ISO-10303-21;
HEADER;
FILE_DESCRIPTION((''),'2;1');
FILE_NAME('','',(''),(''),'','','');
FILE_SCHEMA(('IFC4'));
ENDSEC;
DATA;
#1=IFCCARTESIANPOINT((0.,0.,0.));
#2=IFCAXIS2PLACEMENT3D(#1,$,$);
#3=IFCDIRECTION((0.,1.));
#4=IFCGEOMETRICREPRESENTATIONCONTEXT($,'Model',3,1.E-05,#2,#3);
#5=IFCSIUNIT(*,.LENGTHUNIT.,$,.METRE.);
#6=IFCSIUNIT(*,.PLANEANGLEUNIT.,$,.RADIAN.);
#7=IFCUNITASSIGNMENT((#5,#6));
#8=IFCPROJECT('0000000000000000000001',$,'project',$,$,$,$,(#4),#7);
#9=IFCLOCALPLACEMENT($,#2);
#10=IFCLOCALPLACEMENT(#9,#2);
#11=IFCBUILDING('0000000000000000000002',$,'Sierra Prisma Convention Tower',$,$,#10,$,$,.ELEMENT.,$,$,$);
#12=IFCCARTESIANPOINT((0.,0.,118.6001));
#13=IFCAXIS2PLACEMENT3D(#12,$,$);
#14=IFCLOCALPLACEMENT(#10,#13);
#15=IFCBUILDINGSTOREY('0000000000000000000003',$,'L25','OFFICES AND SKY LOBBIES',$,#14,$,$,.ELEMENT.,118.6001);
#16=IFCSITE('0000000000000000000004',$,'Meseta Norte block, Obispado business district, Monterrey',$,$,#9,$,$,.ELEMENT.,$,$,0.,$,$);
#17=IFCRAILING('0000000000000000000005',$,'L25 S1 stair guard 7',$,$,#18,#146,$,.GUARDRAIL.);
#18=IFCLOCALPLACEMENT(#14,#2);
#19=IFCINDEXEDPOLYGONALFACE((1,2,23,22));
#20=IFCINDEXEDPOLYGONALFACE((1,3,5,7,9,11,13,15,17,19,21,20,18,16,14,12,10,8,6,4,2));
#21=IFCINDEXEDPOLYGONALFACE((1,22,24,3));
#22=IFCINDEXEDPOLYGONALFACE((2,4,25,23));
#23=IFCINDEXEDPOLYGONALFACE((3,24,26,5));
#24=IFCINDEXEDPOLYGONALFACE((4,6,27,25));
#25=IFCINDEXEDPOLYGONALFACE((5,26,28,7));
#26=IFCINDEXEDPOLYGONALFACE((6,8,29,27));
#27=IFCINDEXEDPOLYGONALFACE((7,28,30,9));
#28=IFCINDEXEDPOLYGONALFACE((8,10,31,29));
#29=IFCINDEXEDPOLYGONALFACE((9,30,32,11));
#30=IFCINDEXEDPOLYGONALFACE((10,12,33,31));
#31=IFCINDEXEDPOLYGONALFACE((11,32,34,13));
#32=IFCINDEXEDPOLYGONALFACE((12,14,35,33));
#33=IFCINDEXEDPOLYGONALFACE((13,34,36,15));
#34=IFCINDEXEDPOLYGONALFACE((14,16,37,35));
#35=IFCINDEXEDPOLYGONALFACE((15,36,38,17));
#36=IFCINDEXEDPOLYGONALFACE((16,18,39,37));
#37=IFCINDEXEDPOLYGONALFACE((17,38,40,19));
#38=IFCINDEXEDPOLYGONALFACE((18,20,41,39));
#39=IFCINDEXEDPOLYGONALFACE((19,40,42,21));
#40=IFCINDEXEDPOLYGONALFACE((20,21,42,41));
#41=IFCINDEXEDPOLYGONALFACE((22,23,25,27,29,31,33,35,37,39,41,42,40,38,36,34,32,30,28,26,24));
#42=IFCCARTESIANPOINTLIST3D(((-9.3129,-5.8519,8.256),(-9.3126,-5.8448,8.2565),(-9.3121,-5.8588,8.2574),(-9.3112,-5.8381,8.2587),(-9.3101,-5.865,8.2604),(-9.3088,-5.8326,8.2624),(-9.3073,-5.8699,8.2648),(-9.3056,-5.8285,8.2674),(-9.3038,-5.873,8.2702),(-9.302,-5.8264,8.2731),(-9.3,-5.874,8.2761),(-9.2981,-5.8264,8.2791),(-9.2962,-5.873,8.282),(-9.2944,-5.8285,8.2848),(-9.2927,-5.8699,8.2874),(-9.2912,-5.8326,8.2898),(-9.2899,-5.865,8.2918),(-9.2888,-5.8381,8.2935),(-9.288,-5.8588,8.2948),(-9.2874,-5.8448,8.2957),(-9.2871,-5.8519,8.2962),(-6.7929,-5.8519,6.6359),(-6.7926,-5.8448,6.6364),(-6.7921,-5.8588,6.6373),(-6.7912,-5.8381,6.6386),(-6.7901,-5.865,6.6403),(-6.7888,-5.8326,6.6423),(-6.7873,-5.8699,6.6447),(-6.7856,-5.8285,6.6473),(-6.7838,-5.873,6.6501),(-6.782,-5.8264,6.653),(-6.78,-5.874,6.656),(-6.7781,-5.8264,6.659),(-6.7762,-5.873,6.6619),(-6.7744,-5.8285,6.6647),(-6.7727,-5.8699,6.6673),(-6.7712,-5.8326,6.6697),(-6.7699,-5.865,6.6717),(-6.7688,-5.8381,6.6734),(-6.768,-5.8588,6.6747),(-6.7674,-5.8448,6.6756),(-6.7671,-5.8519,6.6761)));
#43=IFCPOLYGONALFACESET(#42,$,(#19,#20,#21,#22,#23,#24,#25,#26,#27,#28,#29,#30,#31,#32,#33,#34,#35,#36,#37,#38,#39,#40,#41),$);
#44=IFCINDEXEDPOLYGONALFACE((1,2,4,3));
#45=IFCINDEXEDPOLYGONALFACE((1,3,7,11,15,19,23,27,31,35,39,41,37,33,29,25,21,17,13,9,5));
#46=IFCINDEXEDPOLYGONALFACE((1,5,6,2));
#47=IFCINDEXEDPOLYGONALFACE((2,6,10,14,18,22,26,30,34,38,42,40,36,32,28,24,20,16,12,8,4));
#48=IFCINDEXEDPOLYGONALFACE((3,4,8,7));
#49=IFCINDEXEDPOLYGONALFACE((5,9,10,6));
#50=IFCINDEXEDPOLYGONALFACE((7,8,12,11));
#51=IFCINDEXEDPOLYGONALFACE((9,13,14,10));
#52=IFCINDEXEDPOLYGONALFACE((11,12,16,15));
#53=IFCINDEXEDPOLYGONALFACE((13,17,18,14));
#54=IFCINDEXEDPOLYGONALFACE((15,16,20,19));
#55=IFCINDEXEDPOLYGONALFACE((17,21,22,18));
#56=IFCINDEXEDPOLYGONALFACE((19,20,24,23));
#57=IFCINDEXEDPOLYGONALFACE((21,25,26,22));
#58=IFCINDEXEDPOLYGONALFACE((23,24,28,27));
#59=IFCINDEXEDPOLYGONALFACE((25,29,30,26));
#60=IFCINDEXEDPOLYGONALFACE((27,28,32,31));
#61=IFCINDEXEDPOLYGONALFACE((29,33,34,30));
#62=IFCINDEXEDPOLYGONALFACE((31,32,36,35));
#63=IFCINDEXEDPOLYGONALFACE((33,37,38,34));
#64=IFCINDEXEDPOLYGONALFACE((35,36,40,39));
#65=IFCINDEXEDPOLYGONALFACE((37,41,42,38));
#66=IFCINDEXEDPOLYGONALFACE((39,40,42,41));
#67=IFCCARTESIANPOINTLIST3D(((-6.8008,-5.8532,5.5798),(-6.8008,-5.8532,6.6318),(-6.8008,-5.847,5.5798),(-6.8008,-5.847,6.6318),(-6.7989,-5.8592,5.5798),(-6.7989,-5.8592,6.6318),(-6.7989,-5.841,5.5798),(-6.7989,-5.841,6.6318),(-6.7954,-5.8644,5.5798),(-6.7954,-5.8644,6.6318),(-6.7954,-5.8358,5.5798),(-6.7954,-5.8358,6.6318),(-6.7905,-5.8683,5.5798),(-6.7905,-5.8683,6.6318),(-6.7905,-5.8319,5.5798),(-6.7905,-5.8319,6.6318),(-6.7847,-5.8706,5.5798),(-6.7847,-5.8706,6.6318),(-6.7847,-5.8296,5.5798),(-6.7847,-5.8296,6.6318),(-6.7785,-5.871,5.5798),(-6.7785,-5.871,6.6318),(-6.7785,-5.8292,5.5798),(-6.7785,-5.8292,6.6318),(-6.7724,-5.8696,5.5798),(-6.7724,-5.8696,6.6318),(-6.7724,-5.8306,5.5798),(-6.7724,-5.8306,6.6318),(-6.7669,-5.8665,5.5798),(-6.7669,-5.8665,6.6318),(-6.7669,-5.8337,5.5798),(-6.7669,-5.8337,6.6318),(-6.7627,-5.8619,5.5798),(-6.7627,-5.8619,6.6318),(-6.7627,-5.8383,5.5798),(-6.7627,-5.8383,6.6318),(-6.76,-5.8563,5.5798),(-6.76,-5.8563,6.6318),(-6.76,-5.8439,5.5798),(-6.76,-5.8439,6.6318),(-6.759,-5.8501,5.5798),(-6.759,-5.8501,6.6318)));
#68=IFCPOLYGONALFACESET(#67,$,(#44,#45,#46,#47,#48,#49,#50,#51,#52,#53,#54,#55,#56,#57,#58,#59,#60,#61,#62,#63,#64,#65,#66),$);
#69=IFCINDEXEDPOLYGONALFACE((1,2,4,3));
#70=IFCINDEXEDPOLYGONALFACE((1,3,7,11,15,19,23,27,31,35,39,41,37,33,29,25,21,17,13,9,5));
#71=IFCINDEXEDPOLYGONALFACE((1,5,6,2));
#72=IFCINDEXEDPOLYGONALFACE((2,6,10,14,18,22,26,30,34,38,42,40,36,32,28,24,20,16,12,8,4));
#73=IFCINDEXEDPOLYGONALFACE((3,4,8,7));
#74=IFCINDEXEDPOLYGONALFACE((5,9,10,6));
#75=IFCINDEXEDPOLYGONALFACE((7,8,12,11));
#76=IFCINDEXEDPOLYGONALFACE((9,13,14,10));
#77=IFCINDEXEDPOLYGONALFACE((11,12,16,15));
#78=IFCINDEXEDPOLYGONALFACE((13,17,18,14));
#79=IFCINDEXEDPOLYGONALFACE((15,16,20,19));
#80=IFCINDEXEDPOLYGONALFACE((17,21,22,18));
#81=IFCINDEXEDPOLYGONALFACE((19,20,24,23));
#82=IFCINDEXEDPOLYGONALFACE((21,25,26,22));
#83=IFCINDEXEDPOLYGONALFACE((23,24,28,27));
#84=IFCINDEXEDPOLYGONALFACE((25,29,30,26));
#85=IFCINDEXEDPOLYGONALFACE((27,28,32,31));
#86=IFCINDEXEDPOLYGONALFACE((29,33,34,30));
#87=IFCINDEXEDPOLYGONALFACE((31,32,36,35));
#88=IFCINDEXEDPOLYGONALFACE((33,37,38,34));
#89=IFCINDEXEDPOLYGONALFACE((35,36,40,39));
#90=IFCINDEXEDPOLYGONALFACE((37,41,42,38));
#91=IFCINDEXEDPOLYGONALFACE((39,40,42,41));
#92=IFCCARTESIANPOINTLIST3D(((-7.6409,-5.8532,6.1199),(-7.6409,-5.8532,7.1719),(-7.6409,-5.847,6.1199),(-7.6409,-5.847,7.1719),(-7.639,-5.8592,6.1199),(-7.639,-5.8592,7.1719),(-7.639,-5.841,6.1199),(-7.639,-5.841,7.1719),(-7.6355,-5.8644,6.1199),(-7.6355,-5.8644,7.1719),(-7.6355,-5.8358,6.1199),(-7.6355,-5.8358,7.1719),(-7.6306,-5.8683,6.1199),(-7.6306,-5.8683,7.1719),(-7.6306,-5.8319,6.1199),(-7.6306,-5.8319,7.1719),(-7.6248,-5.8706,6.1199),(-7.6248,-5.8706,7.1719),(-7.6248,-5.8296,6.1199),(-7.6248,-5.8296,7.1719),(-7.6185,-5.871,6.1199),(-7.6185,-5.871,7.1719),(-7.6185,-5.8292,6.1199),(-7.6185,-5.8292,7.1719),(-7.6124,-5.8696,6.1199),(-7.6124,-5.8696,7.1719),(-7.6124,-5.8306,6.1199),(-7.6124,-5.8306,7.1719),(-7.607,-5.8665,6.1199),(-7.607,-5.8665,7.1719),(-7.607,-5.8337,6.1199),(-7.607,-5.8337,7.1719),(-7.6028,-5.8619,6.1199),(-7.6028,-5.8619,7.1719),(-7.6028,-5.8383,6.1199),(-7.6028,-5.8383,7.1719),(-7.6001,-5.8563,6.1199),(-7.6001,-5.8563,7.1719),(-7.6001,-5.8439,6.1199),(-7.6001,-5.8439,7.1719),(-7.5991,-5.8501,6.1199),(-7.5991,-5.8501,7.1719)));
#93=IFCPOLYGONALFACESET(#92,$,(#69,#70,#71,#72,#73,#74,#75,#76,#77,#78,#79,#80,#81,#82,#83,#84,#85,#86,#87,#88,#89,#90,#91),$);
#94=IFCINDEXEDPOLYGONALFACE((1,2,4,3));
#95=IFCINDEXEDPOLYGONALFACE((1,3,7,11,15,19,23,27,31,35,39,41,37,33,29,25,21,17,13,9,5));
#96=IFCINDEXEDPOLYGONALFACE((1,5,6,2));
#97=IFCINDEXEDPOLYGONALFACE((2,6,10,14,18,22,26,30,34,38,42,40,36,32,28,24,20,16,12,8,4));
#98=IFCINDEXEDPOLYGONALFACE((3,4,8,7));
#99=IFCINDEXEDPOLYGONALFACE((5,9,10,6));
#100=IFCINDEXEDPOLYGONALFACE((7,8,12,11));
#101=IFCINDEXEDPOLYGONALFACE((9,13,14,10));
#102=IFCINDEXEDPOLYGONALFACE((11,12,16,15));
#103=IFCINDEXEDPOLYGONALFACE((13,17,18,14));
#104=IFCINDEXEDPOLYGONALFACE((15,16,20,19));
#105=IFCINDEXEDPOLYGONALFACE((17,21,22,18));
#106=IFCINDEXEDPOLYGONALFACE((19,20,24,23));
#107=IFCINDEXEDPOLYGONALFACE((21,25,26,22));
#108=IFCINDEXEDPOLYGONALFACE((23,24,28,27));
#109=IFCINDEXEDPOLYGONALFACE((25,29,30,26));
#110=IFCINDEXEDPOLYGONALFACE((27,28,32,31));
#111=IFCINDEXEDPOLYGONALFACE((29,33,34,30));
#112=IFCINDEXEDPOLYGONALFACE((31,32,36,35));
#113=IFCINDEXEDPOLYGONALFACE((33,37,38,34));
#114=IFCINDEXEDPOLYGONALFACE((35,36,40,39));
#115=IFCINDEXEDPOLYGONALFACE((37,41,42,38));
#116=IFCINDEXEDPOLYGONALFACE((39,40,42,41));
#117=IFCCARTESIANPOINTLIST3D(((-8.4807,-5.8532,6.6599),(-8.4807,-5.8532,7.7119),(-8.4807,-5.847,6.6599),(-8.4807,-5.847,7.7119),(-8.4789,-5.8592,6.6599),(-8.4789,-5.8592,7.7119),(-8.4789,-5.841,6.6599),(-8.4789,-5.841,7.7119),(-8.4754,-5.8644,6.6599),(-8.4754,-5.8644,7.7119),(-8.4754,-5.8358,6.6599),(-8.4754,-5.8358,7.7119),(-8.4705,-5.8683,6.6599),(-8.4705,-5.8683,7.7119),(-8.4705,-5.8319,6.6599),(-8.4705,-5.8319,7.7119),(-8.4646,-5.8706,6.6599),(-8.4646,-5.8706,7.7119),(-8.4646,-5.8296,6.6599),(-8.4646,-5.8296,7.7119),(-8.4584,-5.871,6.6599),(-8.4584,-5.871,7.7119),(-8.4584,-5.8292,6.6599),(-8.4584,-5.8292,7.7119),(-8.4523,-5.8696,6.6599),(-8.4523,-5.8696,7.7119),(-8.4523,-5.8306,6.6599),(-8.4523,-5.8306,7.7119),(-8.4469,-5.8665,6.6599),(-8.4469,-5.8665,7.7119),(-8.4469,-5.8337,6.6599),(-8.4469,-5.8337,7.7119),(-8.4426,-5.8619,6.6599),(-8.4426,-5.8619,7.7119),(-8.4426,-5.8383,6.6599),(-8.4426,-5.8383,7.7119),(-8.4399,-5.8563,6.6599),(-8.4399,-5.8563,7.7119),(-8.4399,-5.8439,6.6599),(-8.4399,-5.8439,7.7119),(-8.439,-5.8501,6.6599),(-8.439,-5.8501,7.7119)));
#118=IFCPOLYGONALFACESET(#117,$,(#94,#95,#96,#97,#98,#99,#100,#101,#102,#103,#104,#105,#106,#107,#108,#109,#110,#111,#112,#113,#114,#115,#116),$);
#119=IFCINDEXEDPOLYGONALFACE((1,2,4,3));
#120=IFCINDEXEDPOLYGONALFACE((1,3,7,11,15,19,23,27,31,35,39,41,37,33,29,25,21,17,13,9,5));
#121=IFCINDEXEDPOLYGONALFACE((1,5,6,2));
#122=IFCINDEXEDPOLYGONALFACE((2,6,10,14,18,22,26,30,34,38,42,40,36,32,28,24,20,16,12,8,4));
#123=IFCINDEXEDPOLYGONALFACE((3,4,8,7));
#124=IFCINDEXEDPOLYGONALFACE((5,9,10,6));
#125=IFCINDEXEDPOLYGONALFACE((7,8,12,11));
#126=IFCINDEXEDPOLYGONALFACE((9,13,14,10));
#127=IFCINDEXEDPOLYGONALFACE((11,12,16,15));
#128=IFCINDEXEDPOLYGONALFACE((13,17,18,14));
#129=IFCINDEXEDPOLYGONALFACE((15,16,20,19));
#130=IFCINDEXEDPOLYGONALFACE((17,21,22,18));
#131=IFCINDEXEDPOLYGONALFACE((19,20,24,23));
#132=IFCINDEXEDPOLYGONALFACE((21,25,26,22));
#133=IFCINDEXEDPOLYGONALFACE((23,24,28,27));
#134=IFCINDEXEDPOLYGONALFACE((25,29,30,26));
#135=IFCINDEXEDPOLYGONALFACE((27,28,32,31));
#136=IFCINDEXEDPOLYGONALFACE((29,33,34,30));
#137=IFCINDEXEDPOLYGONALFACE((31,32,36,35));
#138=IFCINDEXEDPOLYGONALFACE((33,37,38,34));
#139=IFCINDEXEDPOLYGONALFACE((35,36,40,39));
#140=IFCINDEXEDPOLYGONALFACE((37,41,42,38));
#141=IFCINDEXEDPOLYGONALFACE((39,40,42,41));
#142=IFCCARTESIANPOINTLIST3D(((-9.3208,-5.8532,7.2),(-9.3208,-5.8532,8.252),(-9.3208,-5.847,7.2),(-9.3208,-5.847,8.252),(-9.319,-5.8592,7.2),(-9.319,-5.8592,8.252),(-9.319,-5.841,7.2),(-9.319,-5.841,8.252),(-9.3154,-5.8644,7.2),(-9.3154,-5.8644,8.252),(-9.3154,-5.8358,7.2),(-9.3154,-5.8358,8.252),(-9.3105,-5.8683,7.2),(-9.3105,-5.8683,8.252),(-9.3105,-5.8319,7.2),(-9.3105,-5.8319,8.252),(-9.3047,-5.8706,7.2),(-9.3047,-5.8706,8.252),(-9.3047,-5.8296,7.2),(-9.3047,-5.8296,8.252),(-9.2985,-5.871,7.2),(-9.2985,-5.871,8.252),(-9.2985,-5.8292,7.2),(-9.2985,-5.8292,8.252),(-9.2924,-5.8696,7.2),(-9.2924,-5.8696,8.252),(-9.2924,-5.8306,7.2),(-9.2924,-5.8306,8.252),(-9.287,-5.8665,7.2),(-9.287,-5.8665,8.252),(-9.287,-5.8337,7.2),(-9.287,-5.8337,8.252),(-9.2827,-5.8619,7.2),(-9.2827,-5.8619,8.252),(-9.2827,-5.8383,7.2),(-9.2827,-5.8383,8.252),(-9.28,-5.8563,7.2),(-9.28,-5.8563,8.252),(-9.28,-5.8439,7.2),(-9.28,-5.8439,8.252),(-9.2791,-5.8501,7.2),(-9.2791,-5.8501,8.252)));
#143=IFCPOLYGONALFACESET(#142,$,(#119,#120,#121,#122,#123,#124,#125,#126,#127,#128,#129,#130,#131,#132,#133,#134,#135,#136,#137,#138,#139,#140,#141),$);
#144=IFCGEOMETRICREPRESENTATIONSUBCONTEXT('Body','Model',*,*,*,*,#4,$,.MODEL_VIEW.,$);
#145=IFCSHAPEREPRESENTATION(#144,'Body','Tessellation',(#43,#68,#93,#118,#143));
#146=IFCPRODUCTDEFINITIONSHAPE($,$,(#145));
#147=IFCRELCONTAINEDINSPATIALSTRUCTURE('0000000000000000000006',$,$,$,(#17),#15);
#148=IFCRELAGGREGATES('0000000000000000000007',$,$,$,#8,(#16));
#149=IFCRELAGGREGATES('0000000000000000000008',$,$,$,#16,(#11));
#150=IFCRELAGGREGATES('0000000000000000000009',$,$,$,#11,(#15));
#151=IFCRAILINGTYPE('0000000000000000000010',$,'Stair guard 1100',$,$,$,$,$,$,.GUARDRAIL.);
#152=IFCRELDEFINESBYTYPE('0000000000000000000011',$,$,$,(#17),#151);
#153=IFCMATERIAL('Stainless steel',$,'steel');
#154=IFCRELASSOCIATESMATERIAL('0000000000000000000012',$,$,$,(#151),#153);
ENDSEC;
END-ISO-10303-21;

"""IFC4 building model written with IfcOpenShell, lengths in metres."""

from ifc_helpers import new_model, si_unit, direction, frame, origin, origin_2d, place, context, subcontext, project, spatial, circle, extrude, material, type_object, element, save


model = new_model("IFC4")

# Units and contexts
model_context = context("Model", 3, precision=1e-05, world=origin(), true_north=direction((0.0, 1.0)))
body_context = subcontext(model_context, "Body", "Model", "MODEL_VIEW")
ifc_project = project(units=[si_unit("LENGTHUNIT", "METRE"), si_unit("PLANEANGLEUNIT", "RADIAN")], contexts=[model_context])

# Site, building, storey
site_placement = place(None, origin())
site = spatial("IfcSite", under=ifc_project, at=site_placement, Name="Meseta Norte block, Obispado business district, Monterrey", CompositionType="ELEMENT", RefElevation=0.0)
building_placement = place(site_placement, origin())
building = spatial("IfcBuilding", under=site, at=building_placement, Name="Sierra Prisma Convention Tower", CompositionType="ELEMENT")
storey_placement = place(building_placement, frame((0.0, 0.0, 118.6001)))
storey = spatial("IfcBuildingStorey", under=building, at=storey_placement, Name="L25", Description="OFFICES AND SKY LOBBIES", CompositionType="ELEMENT", Elevation=118.6001)

# Railing
ifc_material_1 = material(Name="Stainless steel", Category="steel")
railing_type_1 = type_object("IfcRailingType", Name="Stair guard 1100", PredefinedType="GUARDRAIL", material=ifc_material_1)
railing_1_placement = place(storey_placement, frame((-6.78, -5.8501, 5.5798)))
element("IfcRailing", 1, at=railing_1_placement, inside=storey, type_object=railing_type_1, Name="L25 S1 stair guard 7", PredefinedType="GUARDRAIL", context=body_context, shape_type="SweptSolid", body=[
    extrude(circle(Radius=0.0239, at=origin_2d()), frame((0.0, 0.0, 1.0762), z_axis=(-0.841163, 0.0, 0.540782), x_axis=(0.0, -1.0, 0.0)), (0.0, 0.0, 1.0), 2.9958),
    extrude(circle(Radius=0.021, at=origin_2d()), origin(), (0.0, 0.0, 1.0), 1.052),
    extrude(circle(Radius=0.021, at=origin_2d()), frame((-0.8401, 0.0, 0.54)), (0.0, 0.0, 1.0), 1.052),
    extrude(circle(Radius=0.021, at=origin_2d()), frame((-1.6799, 0.0, 1.0801)), (0.0, 0.0, 1.0), 1.052),
    extrude(circle(Radius=0.021, at=origin_2d()), frame((-2.52, 0.0, 1.6201)), (0.0, 0.0, 1.0), 1.052),
])

save(model, "model.ifc")
